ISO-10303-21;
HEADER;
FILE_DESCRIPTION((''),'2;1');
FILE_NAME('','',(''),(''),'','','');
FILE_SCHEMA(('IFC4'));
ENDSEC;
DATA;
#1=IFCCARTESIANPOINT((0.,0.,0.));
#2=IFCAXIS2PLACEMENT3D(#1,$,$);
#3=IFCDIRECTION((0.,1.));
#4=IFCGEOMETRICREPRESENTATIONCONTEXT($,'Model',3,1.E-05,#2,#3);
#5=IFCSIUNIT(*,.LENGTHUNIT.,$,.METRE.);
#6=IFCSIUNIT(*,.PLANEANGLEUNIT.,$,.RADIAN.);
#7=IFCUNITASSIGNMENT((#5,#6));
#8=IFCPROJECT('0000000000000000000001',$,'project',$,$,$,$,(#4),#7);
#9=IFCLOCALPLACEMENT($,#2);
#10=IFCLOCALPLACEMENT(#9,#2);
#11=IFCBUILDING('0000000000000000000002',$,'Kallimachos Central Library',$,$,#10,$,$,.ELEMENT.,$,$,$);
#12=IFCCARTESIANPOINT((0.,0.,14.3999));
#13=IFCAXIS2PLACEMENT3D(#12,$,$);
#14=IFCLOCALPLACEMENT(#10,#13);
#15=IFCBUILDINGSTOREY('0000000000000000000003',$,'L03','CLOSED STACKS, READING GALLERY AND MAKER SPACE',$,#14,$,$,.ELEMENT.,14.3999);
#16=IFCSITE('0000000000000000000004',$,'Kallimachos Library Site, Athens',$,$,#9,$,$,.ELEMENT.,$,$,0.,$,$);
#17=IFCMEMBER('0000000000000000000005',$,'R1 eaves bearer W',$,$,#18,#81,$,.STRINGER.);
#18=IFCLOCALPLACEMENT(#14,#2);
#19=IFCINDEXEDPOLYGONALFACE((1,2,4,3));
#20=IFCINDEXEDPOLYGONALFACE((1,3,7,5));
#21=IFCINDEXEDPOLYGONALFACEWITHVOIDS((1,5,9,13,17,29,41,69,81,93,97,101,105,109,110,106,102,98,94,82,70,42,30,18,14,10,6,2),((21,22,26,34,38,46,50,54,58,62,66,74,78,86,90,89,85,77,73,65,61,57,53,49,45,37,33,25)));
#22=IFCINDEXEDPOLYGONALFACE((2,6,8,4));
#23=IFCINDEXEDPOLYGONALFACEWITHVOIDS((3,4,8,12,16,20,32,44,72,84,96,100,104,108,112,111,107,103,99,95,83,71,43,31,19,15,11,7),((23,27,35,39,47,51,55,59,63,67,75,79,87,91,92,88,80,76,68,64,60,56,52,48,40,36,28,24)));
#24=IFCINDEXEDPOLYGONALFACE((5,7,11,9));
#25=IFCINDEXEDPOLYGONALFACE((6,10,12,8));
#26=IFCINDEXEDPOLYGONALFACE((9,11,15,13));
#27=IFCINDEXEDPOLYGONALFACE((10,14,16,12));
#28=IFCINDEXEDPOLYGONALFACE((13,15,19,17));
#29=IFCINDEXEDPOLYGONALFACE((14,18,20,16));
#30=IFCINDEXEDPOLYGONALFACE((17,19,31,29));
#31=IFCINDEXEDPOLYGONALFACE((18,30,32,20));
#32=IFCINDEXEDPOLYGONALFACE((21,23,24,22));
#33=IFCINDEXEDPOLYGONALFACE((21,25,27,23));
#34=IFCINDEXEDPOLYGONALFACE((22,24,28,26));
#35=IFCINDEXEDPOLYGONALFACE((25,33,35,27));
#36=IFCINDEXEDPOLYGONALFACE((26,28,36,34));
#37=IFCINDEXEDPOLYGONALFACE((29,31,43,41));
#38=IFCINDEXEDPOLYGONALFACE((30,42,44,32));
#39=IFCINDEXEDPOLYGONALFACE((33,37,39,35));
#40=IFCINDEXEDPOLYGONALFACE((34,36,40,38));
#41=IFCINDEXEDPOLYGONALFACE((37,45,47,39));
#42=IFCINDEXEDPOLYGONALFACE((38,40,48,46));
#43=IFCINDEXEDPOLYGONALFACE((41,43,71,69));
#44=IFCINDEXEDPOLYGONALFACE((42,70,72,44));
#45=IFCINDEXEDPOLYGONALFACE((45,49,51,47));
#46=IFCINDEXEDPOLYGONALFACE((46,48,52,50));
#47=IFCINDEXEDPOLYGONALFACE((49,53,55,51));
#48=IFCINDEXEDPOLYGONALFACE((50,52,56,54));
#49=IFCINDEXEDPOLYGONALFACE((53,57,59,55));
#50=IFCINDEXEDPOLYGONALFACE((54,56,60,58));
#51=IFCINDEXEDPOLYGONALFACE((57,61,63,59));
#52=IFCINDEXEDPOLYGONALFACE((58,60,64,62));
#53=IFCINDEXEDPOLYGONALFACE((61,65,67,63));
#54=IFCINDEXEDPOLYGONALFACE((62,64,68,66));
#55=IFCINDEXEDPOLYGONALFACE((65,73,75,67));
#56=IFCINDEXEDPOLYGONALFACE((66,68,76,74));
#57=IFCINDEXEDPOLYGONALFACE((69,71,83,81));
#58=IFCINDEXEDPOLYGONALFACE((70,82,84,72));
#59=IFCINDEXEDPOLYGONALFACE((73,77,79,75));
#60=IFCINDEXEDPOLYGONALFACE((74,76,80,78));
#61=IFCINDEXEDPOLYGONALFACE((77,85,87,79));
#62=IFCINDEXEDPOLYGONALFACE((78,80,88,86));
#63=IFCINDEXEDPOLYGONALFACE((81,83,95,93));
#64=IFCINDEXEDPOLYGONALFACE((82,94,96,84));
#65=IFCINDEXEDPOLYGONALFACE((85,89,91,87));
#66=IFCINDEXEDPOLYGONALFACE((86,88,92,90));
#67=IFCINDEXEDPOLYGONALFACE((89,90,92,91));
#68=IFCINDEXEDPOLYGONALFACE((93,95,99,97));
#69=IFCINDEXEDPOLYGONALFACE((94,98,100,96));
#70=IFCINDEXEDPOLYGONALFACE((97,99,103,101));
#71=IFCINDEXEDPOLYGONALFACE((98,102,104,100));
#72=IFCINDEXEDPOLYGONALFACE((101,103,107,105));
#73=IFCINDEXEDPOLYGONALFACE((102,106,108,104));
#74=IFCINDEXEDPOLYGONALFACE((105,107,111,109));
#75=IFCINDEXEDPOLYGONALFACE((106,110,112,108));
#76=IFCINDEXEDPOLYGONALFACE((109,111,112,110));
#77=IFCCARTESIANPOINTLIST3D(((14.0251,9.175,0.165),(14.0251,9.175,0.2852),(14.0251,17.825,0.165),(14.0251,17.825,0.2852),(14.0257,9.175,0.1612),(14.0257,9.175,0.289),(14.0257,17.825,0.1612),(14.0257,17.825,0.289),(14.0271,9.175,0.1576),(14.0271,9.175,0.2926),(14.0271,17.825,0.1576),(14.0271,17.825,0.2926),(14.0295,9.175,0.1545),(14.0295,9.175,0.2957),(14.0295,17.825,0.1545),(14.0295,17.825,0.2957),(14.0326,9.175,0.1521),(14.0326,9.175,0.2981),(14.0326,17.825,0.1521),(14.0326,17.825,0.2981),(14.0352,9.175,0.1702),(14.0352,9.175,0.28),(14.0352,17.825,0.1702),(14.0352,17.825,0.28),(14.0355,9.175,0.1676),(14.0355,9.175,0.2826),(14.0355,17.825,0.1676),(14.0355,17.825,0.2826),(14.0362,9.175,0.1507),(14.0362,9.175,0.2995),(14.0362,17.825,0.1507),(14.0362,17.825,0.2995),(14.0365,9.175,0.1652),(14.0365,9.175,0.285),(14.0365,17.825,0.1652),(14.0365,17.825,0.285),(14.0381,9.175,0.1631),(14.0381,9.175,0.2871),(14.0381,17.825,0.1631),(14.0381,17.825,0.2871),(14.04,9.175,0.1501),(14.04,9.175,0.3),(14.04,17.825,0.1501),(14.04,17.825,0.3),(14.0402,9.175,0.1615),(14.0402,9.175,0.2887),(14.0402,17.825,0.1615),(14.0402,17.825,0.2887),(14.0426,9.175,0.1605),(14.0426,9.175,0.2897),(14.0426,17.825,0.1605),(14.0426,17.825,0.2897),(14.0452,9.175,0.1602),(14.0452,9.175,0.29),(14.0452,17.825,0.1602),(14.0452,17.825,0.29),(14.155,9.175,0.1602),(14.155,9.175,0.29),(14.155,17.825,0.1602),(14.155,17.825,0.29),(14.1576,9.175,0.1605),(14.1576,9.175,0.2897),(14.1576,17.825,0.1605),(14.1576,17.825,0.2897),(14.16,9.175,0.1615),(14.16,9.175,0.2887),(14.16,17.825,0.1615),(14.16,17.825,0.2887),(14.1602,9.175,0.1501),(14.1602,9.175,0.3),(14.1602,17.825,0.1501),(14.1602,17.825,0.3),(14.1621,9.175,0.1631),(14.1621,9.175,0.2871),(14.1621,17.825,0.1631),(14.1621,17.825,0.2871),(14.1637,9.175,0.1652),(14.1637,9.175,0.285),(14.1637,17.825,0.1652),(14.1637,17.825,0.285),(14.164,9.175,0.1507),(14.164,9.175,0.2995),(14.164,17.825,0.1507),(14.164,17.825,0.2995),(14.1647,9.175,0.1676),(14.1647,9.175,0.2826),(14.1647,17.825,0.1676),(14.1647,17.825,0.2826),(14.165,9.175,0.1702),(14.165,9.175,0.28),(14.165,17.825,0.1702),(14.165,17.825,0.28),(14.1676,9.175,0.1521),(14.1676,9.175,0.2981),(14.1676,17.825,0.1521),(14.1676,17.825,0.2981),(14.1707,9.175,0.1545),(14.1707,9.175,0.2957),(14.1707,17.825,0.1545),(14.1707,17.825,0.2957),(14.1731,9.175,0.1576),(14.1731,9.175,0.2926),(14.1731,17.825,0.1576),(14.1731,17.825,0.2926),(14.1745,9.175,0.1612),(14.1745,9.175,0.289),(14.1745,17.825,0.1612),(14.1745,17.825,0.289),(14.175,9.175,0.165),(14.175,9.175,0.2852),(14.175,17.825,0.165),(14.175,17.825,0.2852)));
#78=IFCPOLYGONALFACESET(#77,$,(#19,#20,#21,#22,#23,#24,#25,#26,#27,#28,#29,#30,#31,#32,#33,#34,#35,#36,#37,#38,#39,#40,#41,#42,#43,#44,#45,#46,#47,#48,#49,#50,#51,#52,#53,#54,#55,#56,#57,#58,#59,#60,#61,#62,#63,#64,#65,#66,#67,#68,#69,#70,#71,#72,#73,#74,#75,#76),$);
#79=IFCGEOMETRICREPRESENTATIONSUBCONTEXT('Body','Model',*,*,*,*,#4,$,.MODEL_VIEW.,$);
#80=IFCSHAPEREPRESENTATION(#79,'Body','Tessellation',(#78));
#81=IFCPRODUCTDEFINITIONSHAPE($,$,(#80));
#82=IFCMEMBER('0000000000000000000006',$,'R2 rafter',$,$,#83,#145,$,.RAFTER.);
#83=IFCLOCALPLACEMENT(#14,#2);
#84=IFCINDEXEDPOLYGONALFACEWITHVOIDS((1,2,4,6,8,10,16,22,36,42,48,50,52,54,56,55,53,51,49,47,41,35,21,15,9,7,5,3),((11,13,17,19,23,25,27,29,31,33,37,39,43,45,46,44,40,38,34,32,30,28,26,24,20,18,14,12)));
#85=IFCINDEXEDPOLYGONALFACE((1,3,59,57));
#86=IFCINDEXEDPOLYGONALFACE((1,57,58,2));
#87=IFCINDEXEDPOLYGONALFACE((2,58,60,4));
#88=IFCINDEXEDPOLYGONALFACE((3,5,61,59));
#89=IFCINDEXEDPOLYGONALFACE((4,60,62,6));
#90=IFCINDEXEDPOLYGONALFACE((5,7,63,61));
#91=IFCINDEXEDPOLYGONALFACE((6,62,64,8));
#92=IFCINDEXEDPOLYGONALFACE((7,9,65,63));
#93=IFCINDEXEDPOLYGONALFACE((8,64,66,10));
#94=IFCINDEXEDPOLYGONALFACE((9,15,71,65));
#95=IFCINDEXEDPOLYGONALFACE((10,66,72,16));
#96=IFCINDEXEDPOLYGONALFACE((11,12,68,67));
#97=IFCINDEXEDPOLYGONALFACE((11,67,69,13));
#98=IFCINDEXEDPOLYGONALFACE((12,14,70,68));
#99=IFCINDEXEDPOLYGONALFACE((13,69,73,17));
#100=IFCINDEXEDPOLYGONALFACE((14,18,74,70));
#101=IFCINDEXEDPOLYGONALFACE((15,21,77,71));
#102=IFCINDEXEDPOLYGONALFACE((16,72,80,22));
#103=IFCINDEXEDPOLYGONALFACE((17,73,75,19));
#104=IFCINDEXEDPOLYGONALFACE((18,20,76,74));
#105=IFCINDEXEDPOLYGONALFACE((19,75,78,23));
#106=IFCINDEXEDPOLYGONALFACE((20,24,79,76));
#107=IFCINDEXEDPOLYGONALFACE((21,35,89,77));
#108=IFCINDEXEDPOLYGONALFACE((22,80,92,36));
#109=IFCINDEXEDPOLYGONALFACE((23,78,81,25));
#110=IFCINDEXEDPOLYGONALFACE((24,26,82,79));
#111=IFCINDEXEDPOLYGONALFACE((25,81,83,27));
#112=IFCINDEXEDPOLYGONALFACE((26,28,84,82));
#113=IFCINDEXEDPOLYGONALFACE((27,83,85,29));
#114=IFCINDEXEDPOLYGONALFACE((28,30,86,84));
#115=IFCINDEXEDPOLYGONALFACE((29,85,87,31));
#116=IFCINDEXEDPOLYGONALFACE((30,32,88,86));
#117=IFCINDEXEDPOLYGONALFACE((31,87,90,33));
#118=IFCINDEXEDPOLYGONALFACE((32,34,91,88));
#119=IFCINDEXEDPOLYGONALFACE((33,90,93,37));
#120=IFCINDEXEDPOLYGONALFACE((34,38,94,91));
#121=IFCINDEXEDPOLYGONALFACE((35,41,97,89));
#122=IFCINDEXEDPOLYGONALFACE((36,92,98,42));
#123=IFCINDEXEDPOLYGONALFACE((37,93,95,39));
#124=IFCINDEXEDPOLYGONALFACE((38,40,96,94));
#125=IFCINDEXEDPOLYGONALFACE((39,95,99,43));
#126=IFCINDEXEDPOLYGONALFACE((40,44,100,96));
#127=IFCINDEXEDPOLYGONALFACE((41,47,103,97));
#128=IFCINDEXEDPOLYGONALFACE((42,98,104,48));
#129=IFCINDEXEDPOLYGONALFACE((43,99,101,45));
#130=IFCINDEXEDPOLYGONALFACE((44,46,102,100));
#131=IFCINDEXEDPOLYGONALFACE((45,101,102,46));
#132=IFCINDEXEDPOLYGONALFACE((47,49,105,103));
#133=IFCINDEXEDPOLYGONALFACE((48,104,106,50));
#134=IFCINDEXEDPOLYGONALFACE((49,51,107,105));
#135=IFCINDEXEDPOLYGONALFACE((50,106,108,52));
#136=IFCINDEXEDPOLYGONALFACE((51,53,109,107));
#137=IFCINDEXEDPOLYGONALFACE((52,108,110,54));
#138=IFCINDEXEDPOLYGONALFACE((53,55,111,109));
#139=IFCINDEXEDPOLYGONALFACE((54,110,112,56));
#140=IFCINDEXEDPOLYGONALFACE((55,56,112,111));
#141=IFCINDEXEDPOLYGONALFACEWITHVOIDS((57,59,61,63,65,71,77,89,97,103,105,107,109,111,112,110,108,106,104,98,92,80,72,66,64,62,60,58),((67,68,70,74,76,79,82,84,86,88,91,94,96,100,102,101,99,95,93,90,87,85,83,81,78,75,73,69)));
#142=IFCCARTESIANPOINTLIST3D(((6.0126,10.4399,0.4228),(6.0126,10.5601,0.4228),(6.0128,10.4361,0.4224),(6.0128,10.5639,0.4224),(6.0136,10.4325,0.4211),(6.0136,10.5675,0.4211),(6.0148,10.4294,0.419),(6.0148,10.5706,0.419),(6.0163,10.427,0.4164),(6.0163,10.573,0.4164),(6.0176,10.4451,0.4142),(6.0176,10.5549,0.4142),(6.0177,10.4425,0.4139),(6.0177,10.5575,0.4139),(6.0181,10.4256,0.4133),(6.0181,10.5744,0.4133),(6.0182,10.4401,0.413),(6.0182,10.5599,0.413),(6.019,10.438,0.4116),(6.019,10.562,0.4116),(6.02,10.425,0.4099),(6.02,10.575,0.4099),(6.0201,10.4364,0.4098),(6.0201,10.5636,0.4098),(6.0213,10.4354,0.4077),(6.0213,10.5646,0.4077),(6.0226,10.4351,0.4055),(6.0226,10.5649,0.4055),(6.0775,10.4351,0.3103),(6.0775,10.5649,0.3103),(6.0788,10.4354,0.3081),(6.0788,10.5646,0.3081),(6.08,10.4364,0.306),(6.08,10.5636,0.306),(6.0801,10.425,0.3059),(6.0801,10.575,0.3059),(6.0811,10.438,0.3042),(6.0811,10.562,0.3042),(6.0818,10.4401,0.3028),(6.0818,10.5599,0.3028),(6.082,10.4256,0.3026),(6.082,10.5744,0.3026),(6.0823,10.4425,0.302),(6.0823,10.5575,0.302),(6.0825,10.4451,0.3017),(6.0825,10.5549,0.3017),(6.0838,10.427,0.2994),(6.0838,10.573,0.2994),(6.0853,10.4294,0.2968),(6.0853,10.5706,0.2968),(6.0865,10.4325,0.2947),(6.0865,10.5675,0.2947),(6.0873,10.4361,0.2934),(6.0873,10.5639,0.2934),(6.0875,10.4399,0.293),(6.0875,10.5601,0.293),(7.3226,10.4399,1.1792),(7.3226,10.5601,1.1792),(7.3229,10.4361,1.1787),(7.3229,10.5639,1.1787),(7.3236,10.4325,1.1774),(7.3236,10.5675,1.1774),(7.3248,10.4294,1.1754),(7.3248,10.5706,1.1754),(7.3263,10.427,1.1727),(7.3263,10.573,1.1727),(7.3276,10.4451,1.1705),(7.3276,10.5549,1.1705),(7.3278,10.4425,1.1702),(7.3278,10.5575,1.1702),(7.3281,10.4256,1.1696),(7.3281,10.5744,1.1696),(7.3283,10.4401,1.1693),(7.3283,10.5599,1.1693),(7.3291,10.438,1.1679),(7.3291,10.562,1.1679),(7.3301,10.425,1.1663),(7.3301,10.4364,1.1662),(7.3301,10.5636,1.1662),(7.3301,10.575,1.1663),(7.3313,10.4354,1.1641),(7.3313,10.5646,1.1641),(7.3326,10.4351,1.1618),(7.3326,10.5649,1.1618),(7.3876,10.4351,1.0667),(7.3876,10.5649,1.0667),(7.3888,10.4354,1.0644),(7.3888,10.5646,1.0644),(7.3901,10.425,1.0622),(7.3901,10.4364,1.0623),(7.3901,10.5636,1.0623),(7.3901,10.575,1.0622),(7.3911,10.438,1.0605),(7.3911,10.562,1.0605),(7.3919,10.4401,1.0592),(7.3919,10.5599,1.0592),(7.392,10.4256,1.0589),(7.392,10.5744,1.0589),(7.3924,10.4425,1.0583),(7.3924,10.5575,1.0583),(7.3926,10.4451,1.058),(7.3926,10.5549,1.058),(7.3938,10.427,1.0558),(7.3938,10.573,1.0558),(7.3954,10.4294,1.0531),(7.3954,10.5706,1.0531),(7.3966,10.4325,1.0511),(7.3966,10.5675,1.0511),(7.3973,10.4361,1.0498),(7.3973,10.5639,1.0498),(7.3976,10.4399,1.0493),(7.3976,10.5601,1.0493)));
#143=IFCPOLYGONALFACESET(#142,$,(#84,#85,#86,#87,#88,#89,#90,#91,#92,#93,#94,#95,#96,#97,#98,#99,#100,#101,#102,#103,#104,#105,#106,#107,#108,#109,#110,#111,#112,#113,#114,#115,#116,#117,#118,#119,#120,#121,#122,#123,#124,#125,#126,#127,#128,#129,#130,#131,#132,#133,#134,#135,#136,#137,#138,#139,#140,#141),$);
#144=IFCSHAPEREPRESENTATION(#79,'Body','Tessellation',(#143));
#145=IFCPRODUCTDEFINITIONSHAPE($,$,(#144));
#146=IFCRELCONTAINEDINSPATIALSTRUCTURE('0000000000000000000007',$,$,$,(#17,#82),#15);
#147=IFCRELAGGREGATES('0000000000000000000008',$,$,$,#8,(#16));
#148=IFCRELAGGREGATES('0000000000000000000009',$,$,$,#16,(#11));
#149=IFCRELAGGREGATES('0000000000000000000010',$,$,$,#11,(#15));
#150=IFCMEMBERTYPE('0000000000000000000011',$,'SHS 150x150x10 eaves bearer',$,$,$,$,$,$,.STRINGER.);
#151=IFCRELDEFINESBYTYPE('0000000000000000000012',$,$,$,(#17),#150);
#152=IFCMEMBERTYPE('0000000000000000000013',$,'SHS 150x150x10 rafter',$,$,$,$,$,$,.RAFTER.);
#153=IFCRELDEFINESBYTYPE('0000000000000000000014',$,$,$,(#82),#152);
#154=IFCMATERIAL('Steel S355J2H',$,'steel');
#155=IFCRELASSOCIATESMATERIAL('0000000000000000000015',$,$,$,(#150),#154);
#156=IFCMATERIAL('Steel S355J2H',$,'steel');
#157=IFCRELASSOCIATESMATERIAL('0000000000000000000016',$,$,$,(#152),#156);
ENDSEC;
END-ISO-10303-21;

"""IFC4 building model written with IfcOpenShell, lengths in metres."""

from ifc_helpers import new_model, si_unit, direction, frame, origin, origin_2d, place, context, subcontext, project, spatial, hollow_rectangle, extrude, material, material_profile, profile_set, type_object, element, save


model = new_model("IFC4")

# Units and contexts
model_context = context("Model", 3, precision=1e-05, world=origin(), true_north=direction((0.0, 1.0)))
body_context = subcontext(model_context, "Body", "Model", "MODEL_VIEW")
ifc_project = project(units=[si_unit("LENGTHUNIT", "METRE"), si_unit("PLANEANGLEUNIT", "RADIAN")], contexts=[model_context])

# Site, building, storey
site_placement = place(None, origin())
site = spatial("IfcSite", under=ifc_project, at=site_placement, Name="Kallimachos Library Site, Athens", CompositionType="ELEMENT", RefElevation=0.0)
building_placement = place(site_placement, origin())
building = spatial("IfcBuilding", under=site, at=building_placement, Name="Kallimachos Central Library", CompositionType="ELEMENT")
storey_placement = place(building_placement, frame((0.0, 0.0, 14.3999)))
storey = spatial("IfcBuildingStorey", under=building, at=storey_placement, Name="L03", Description="CLOSED STACKS, READING GALLERY AND MAKER SPACE", CompositionType="ELEMENT", Elevation=14.3999)

# Members
ifc_material_1 = material(Name="Steel S355J2H", Category="steel")
ifc_material_profile_1 = material_profile(ifc_material_1, hollow_rectangle(XDim=0.1499, YDim=0.1499, WallThickness=0.01, InnerFilletRadius=0.01, OuterFilletRadius=0.0149, at=origin_2d()), Name="SHS 150x150x10")
ifc_profile_set_1 = profile_set([ifc_material_profile_1], Name="Steel S355J2H")
member_type_1 = type_object("IfcMemberType", Name="SHS 150x150x10 eaves bearer", PredefinedType="STRINGER", material=ifc_profile_set_1)
member_1_placement = place(storey_placement, frame((14.1001, 9.175, 0.2251), z_axis=(0.0, 1.0, 0.0), x_axis=(-1.0, 0.0, 0.0)))
element("IfcMember", 1, at=member_1_placement, inside=storey, type_object=member_type_1, Name="R1 eaves bearer W", PredefinedType="STRINGER", context=body_context, shape_type="SweptSolid", body=[
    extrude(hollow_rectangle(XDim=0.1499, YDim=0.1499, WallThickness=0.01, InnerFilletRadius=0.01, OuterFilletRadius=0.0149, at=origin_2d()), origin(), (0.0, 0.0, 1.0), 8.6499),
])
ifc_material_2 = material(Name="Steel S355J2H", Category="steel")
ifc_material_profile_2 = material_profile(ifc_material_2, hollow_rectangle(XDim=0.1499, YDim=0.1499, WallThickness=0.01, InnerFilletRadius=0.01, OuterFilletRadius=0.0149, at=origin_2d()), Name="SHS 150x150x10")
ifc_profile_set_2 = profile_set([ifc_material_profile_2], Name="Steel S355J2H")
member_type_2 = type_object("IfcMemberType", Name="SHS 150x150x10 rafter", PredefinedType="RAFTER", material=ifc_profile_set_2)
member_2_placement = place(storey_placement, frame((6.05, 10.5, 0.3579), z_axis=(0.86603, 0.0, 0.499993), x_axis=(0.0, 1.0, 0.0)))
element("IfcMember", 2, at=member_2_placement, inside=storey, type_object=member_type_2, Name="R2 rafter", PredefinedType="RAFTER", context=body_context, shape_type="SweptSolid", body=[
    extrude(hollow_rectangle(XDim=0.1499, YDim=0.1499, WallThickness=0.01, InnerFilletRadius=0.01, OuterFilletRadius=0.0149, at=origin_2d()), origin(), (0.0, 0.0, 1.0), 1.5127),
])

save(model, "model.ifc")
